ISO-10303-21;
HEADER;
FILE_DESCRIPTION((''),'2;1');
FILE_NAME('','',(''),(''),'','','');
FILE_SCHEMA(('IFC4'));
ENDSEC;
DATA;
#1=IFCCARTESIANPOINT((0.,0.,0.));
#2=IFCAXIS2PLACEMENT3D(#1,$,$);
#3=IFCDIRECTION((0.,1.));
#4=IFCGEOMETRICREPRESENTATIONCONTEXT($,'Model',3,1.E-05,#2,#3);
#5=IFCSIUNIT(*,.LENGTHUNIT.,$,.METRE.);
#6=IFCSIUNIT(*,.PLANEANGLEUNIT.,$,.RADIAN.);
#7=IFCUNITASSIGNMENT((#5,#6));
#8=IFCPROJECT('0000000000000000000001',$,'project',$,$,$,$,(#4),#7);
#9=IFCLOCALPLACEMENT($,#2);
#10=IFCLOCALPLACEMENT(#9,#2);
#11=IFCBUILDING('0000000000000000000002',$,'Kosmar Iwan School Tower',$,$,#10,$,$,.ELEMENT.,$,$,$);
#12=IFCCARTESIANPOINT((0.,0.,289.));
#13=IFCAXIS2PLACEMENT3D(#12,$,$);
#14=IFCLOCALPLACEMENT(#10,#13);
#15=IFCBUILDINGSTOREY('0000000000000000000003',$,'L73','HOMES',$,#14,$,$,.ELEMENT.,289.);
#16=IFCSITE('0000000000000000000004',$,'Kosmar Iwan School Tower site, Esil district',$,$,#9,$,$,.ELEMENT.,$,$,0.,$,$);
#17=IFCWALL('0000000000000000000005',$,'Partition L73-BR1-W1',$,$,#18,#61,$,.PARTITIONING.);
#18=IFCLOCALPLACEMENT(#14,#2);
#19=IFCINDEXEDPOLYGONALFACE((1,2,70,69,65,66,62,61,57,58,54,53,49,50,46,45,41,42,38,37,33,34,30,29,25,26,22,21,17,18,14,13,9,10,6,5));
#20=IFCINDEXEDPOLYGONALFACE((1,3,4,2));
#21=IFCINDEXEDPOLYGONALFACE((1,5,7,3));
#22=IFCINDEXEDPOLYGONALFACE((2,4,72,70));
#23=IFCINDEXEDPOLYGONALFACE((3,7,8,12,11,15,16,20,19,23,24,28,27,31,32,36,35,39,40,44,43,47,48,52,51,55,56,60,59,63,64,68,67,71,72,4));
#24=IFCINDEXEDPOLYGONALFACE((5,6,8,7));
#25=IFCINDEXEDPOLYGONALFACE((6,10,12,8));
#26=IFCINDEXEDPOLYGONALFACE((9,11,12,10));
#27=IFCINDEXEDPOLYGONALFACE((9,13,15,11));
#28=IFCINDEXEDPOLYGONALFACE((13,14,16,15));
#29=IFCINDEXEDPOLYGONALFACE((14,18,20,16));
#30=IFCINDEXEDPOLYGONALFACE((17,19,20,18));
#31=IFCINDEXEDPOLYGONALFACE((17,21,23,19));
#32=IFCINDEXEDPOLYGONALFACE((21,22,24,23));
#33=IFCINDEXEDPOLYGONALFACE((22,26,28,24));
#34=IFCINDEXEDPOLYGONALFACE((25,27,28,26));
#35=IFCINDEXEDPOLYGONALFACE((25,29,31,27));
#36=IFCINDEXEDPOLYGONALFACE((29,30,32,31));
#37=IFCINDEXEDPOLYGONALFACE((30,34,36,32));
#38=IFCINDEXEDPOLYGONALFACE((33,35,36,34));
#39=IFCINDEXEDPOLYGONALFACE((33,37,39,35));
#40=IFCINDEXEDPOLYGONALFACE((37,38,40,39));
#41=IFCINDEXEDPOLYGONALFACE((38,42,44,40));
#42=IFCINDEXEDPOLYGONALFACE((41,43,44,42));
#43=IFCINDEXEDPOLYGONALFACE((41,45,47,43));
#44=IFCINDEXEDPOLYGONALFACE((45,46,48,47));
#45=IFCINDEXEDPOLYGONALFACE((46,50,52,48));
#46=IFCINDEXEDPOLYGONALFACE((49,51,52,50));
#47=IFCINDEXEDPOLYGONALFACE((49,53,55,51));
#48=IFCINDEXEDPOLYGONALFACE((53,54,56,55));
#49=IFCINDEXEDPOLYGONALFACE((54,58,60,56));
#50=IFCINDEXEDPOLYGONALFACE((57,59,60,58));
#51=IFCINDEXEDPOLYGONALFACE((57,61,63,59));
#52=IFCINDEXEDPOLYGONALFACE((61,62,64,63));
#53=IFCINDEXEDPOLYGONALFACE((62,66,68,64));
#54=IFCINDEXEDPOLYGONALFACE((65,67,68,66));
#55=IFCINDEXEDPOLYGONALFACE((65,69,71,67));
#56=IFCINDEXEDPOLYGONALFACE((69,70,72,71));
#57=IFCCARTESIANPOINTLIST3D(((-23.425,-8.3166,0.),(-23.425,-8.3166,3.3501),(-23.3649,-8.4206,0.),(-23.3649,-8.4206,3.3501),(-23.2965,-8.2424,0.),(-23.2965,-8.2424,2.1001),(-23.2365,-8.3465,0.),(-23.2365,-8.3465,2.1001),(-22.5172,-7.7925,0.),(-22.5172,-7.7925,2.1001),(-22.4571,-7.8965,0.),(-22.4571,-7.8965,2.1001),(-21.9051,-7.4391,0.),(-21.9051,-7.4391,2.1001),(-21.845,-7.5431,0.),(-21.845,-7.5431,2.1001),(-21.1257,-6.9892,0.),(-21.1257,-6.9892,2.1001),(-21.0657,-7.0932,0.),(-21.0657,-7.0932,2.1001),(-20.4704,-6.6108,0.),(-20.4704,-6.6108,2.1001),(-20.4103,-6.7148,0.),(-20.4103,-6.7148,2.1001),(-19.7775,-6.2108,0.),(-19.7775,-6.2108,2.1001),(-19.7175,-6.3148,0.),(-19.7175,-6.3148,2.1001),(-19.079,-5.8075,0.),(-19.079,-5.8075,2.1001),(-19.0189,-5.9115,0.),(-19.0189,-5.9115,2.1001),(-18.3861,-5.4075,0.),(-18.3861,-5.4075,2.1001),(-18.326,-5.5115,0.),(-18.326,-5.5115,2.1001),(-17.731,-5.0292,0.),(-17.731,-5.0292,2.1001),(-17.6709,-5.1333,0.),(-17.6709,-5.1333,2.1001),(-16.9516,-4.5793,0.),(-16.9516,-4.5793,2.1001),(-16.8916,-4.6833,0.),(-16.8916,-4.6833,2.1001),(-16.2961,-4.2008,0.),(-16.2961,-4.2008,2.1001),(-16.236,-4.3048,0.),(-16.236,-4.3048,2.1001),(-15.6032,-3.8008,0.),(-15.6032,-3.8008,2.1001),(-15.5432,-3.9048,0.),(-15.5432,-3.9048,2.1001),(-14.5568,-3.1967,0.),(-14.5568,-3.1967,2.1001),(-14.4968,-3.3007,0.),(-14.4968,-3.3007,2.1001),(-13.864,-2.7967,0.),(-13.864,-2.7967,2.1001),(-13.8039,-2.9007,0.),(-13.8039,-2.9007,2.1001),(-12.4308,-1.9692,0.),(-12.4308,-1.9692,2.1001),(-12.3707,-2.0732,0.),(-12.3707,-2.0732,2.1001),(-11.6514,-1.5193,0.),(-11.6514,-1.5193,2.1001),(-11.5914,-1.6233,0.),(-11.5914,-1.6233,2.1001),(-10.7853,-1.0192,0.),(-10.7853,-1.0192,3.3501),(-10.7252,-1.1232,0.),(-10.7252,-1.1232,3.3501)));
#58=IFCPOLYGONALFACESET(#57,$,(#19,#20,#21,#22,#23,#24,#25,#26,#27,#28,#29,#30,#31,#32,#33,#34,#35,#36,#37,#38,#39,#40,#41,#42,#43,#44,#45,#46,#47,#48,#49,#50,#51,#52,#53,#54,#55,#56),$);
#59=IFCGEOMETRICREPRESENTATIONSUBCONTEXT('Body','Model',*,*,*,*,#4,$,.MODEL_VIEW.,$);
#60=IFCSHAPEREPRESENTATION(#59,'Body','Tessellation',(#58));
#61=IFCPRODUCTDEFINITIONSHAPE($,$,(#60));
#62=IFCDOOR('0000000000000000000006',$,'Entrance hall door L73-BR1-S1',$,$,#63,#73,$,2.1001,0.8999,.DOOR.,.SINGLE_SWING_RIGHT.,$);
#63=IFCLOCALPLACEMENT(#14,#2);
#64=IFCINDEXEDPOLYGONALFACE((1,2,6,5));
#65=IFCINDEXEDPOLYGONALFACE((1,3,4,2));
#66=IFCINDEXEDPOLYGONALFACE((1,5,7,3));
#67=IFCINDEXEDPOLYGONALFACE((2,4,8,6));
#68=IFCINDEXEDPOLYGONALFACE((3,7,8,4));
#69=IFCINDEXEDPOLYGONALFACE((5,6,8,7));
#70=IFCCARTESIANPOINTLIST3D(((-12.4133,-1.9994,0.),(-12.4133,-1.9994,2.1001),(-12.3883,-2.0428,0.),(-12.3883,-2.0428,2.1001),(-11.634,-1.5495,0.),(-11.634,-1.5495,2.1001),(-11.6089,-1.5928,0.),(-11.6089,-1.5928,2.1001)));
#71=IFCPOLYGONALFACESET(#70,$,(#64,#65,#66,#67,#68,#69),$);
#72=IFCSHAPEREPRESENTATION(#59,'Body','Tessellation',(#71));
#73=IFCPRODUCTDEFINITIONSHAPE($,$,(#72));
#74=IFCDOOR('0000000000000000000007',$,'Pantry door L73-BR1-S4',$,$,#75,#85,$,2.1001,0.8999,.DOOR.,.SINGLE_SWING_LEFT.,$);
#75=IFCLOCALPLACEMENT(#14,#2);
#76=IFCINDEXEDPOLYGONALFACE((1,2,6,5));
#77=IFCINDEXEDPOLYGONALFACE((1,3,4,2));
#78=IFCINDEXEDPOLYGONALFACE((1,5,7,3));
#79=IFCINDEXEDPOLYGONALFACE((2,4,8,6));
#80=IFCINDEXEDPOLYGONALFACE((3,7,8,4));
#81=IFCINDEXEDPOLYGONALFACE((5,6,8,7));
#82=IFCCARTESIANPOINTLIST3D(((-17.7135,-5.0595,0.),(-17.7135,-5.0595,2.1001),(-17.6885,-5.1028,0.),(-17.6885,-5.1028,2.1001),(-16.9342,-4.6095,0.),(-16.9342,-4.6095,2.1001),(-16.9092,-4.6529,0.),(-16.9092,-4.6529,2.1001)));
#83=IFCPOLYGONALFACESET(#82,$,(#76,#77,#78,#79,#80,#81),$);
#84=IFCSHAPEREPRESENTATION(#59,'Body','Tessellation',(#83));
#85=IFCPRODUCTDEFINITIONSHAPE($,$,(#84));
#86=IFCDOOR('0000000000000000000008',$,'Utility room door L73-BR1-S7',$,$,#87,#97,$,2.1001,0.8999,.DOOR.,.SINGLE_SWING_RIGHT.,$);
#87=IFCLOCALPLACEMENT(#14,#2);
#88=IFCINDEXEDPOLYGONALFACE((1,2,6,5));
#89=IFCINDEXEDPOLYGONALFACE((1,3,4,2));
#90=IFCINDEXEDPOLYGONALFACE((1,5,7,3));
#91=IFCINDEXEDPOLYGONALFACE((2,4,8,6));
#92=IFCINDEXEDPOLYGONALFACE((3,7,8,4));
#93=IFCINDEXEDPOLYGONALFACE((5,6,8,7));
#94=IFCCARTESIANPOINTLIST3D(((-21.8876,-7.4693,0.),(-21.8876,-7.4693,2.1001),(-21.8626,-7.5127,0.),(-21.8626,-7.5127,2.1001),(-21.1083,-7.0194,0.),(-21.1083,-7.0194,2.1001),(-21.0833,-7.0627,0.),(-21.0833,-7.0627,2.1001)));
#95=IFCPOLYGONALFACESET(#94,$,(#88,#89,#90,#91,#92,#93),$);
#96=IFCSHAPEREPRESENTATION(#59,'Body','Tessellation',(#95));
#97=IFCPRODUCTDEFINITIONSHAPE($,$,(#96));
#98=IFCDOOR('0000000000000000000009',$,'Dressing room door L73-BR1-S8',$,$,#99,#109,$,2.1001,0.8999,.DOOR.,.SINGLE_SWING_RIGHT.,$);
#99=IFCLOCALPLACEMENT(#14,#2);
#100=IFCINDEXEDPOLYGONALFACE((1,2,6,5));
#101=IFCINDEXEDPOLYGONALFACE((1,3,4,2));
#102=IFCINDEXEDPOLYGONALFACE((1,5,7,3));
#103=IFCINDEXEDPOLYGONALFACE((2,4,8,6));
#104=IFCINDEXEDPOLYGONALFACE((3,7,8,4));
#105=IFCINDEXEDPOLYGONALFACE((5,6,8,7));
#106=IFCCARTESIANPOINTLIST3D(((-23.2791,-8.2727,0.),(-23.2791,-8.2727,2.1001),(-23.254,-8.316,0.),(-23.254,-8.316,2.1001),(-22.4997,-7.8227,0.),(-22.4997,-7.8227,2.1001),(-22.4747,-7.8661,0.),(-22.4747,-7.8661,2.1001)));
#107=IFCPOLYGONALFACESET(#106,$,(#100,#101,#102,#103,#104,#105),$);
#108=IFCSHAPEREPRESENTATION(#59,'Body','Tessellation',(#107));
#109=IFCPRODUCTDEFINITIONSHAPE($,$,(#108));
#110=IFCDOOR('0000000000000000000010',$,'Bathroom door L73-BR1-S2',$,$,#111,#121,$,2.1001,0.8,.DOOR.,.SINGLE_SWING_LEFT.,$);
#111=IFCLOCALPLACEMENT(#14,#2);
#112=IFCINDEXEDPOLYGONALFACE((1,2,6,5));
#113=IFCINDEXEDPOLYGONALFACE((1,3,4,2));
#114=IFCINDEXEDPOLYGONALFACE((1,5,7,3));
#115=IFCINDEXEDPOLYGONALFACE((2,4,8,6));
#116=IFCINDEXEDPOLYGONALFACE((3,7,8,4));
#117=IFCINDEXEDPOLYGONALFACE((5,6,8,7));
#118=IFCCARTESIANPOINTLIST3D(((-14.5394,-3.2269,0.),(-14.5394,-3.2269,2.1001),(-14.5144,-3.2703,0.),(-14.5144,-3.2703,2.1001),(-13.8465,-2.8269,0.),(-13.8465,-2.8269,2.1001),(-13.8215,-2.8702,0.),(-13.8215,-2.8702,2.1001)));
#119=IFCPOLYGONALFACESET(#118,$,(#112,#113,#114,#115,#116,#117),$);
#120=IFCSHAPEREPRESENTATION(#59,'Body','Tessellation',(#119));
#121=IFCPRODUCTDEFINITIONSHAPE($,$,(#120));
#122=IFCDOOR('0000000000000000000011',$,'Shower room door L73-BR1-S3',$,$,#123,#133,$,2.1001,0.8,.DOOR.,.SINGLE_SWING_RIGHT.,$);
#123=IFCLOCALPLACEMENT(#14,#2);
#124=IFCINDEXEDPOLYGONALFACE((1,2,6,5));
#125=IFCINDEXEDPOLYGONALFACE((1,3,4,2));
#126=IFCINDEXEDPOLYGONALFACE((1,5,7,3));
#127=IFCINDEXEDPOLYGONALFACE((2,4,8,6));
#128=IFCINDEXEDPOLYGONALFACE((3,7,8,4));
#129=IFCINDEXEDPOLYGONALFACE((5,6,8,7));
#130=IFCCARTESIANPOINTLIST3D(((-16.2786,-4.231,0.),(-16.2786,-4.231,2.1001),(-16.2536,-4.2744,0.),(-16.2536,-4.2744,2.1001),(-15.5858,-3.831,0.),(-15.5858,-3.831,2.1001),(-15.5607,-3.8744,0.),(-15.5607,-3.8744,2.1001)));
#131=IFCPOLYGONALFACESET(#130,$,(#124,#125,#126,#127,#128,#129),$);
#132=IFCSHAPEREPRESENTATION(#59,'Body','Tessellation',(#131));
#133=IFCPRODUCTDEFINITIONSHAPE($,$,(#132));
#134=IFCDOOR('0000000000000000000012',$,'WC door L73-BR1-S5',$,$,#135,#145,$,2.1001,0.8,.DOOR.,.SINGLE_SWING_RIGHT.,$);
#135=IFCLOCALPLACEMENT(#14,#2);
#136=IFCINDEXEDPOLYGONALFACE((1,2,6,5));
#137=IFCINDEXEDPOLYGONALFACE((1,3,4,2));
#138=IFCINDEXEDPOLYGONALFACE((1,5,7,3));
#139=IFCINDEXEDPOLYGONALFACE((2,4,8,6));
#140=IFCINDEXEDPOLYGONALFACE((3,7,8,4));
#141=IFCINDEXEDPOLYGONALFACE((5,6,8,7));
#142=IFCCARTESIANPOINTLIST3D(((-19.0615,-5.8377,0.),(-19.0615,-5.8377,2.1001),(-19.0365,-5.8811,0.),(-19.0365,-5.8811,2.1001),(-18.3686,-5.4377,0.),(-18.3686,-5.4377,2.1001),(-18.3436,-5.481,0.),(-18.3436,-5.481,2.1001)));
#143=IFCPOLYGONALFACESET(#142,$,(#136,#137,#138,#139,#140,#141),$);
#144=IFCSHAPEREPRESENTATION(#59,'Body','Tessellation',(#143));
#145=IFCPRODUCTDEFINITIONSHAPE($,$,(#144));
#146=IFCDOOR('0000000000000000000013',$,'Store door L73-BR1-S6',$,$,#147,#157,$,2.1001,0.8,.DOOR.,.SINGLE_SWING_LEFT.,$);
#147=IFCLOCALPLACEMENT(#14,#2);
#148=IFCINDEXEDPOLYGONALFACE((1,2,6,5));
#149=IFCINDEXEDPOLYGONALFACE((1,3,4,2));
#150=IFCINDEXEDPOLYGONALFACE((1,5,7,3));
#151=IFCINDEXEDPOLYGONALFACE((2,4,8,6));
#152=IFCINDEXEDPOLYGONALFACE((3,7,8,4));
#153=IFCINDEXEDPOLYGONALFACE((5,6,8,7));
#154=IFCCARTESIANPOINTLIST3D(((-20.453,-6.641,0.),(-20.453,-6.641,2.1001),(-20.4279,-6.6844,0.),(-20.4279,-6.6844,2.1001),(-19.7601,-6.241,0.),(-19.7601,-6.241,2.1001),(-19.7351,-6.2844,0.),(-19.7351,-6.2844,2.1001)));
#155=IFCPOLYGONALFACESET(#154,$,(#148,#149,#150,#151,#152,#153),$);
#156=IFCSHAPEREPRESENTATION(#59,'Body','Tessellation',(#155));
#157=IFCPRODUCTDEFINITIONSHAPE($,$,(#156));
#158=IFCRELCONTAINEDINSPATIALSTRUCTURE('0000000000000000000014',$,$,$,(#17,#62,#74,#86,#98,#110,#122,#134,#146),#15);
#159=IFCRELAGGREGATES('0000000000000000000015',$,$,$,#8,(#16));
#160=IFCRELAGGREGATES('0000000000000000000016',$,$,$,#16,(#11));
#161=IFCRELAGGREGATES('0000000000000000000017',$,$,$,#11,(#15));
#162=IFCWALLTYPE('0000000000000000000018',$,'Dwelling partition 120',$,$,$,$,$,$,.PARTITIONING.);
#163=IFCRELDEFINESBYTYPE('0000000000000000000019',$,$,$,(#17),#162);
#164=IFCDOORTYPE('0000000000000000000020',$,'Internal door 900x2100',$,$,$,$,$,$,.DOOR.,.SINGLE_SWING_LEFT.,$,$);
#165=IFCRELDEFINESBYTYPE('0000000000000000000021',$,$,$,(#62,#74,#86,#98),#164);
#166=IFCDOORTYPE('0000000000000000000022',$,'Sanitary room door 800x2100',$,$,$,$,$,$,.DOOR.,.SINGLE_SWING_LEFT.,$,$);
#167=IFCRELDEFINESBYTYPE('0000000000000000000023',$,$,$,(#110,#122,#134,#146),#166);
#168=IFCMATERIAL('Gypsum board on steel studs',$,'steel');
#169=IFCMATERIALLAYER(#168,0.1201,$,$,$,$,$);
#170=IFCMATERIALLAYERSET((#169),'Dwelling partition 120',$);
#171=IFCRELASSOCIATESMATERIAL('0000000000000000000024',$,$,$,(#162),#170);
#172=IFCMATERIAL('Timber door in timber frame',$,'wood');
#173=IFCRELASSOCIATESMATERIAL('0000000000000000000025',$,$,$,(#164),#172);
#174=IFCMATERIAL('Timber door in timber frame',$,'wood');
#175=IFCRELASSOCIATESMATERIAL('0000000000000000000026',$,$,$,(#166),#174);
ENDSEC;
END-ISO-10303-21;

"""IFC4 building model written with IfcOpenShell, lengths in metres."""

from ifc_helpers import new_model, si_unit, direction, frame, frame_2d, origin, place, context, subcontext, project, spatial, rectangle, extrude, material, layer, layer_set, type_object, element, fill, save


model = new_model("IFC4")

# Units and contexts
model_context = context("Model", 3, precision=1e-05, world=origin(), true_north=direction((0.0, 1.0)))
body_context = subcontext(model_context, "Body", "Model", "MODEL_VIEW")
ifc_project = project(units=[si_unit("LENGTHUNIT", "METRE"), si_unit("PLANEANGLEUNIT", "RADIAN")], contexts=[model_context])

# Site, building, storey
site_placement = place(None, origin())
site = spatial("IfcSite", under=ifc_project, at=site_placement, Name="Kosmar Iwan School Tower site, Esil district", CompositionType="ELEMENT", RefElevation=0.0)
building_placement = place(site_placement, origin())
building = spatial("IfcBuilding", under=site, at=building_placement, Name="Kosmar Iwan School Tower", CompositionType="ELEMENT")
storey_placement = place(building_placement, frame((0.0, 0.0, 289.0)))
storey = spatial("IfcBuildingStorey", under=building, at=storey_placement, Name="L73", Description="HOMES", CompositionType="ELEMENT", Elevation=289.0)

# Wall, openings, doors
ifc_material_1 = material(Name="Gypsum board on steel studs", Category="steel")
ifc_layer_1 = layer(ifc_material_1, 0.1201)
ifc_layer_set_1 = layer_set([ifc_layer_1], Name="Dwelling partition 120")
wall_type_1 = type_object("IfcWallType", Name="Dwelling partition 120", PredefinedType="PARTITIONING", material=ifc_layer_set_1)
wall_1_placement = place(storey_placement, frame((-10.7554, -1.0713, 0.0), z_axis=(0.0, 0.0, 1.0), x_axis=(-0.86603, -0.499993, 0.0)))
wall_1 = element("IfcWall", 1, at=wall_1_placement, inside=storey, type_object=wall_type_1, Name="Partition L73-BR1-W1", PredefinedType="PARTITIONING", context=body_context, shape_type="SweptSolid", body=[
    extrude(rectangle(XDim=14.595, YDim=0.1201, at=frame_2d((7.2974, 0.0))), origin(), (0.0, 0.0, 1.0), 3.3501),
])
opening_1_placement = place(wall_1_placement, frame((1.0, 0.0, 0.0)))
opening_1 = element("IfcOpeningElement", 2, at=opening_1_placement, cuts=wall_1, PredefinedType="OPENING", context=body_context, shape_type="SweptSolid", body=[
    extrude(rectangle(XDim=0.8999, YDim=2.1001, at=frame_2d((0.45, 1.05))), frame((0.0, 0.072, 0.0), z_axis=(0.0, -1.0, 0.0), x_axis=(1.0, 0.0, 0.0)), (0.0, 0.0, 1.0), 0.144),
])
opening_2_placement = place(wall_1_placement, frame((3.5549, 0.0, 0.0)))
opening_2 = element("IfcOpeningElement", 3, at=opening_2_placement, cuts=wall_1, PredefinedType="OPENING", context=body_context, shape_type="SweptSolid", body=[
    extrude(rectangle(XDim=0.8, YDim=2.1001, at=frame_2d((0.3999, 1.05))), frame((0.0, 0.072, 0.0), z_axis=(0.0, -1.0, 0.0), x_axis=(1.0, 0.0, 0.0)), (0.0, 0.0, 1.0), 0.144),
])
opening_3_placement = place(wall_1_placement, frame((5.5632, 0.0, 0.0)))
opening_3 = element("IfcOpeningElement", 4, at=opening_3_placement, cuts=wall_1, PredefinedType="OPENING", context=body_context, shape_type="SweptSolid", body=[
    extrude(rectangle(XDim=0.8, YDim=2.1001, at=frame_2d((0.3999, 1.05))), frame((0.0, 0.072, 0.0), z_axis=(0.0, -1.0, 0.0), x_axis=(1.0, 0.0, 0.0)), (0.0, 0.0, 1.0), 0.144),
])
opening_4_placement = place(wall_1_placement, frame((7.1201, 0.0, 0.0)))
opening_4 = element("IfcOpeningElement", 5, at=opening_4_placement, cuts=wall_1, PredefinedType="OPENING", context=body_context, shape_type="SweptSolid", body=[
    extrude(rectangle(XDim=0.8999, YDim=2.1001, at=frame_2d((0.45, 1.05))), frame((0.0, 0.072, 0.0), z_axis=(0.0, -1.0, 0.0), x_axis=(1.0, 0.0, 0.0)), (0.0, 0.0, 1.0), 0.144),
])
opening_5_placement = place(wall_1_placement, frame((8.7766, 0.0, 0.0)))
opening_5 = element("IfcOpeningElement", 6, at=opening_5_placement, cuts=wall_1, PredefinedType="OPENING", context=body_context, shape_type="SweptSolid", body=[
    extrude(rectangle(XDim=0.8, YDim=2.1001, at=frame_2d((0.3999, 1.05))), frame((0.0, 0.072, 0.0), z_axis=(0.0, -1.0, 0.0), x_axis=(1.0, 0.0, 0.0)), (0.0, 0.0, 1.0), 0.144),
])
opening_6_placement = place(wall_1_placement, frame((10.3833, 0.0, 0.0)))
opening_6 = element("IfcOpeningElement", 7, at=opening_6_placement, cuts=wall_1, PredefinedType="OPENING", context=body_context, shape_type="SweptSolid", body=[
    extrude(rectangle(XDim=0.8, YDim=2.1001, at=frame_2d((0.3999, 1.05))), frame((0.0, 0.072, 0.0), z_axis=(0.0, -1.0, 0.0), x_axis=(1.0, 0.0, 0.0)), (0.0, 0.0, 1.0), 0.144),
])
opening_7_placement = place(wall_1_placement, frame((11.9399, 0.0, 0.0)))
opening_7 = element("IfcOpeningElement", 8, at=opening_7_placement, cuts=wall_1, PredefinedType="OPENING", context=body_context, shape_type="SweptSolid", body=[
    extrude(rectangle(XDim=0.8999, YDim=2.1001, at=frame_2d((0.45, 1.05))), frame((0.0, 0.072, 0.0), z_axis=(0.0, -1.0, 0.0), x_axis=(1.0, 0.0, 0.0)), (0.0, 0.0, 1.0), 0.144),
])
opening_8_placement = place(wall_1_placement, frame((13.5466, 0.0, 0.0)))
opening_8 = element("IfcOpeningElement", 9, at=opening_8_placement, cuts=wall_1, PredefinedType="OPENING", context=body_context, shape_type="SweptSolid", body=[
    extrude(rectangle(XDim=0.8999, YDim=2.1001, at=frame_2d((0.45, 1.05))), frame((0.0, 0.072, 0.0), z_axis=(0.0, -1.0, 0.0), x_axis=(1.0, 0.0, 0.0)), (0.0, 0.0, 1.0), 0.144),
])
ifc_material_2 = material(Name="Timber door in timber frame", Category="wood")
door_type_1 = type_object("IfcDoorType", Name="Internal door 900x2100", OperationType="SINGLE_SWING_LEFT", PredefinedType="DOOR", material=ifc_material_2)
door_1_placement = place(opening_1_placement, origin())
door_1 = element("IfcDoor", 10, at=door_1_placement, inside=storey, type_object=door_type_1, Name="Entrance hall door L73-BR1-S1", OperationType="SINGLE_SWING_RIGHT", OverallHeight=2.1001, OverallWidth=0.8999, PredefinedType="DOOR", context=body_context, shape_type="SweptSolid", body=[
    extrude(rectangle(XDim=0.8999, YDim=2.1001, at=frame_2d((0.45, 1.05))), frame((0.0, 0.0249, 0.0), z_axis=(0.0, -1.0, 0.0), x_axis=(1.0, 0.0, 0.0)), (0.0, 0.0, 1.0), 0.05),
])
fill(opening_1, door_1)
door_2_placement = place(opening_4_placement, origin())
door_2 = element("IfcDoor", 11, at=door_2_placement, inside=storey, type_object=door_type_1, Name="Pantry door L73-BR1-S4", OperationType="SINGLE_SWING_LEFT", OverallHeight=2.1001, OverallWidth=0.8999, PredefinedType="DOOR", context=body_context, shape_type="SweptSolid", body=[
    extrude(rectangle(XDim=0.8999, YDim=2.1001, at=frame_2d((0.45, 1.05))), frame((0.0, 0.0249, 0.0), z_axis=(0.0, -1.0, 0.0), x_axis=(1.0, 0.0, 0.0)), (0.0, 0.0, 1.0), 0.05),
])
fill(opening_4, door_2)
door_3_placement = place(opening_7_placement, origin())
door_3 = element("IfcDoor", 12, at=door_3_placement, inside=storey, type_object=door_type_1, Name="Utility room door L73-BR1-S7", OperationType="SINGLE_SWING_RIGHT", OverallHeight=2.1001, OverallWidth=0.8999, PredefinedType="DOOR", context=body_context, shape_type="SweptSolid", body=[
    extrude(rectangle(XDim=0.8999, YDim=2.1001, at=frame_2d((0.45, 1.05))), frame((0.0, 0.0249, 0.0), z_axis=(0.0, -1.0, 0.0), x_axis=(1.0, 0.0, 0.0)), (0.0, 0.0, 1.0), 0.05),
])
fill(opening_7, door_3)
door_4_placement = place(opening_8_placement, origin())
door_4 = element("IfcDoor", 13, at=door_4_placement, inside=storey, type_object=door_type_1, Name="Dressing room door L73-BR1-S8", OperationType="SINGLE_SWING_RIGHT", OverallHeight=2.1001, OverallWidth=0.8999, PredefinedType="DOOR", context=body_context, shape_type="SweptSolid", body=[
    extrude(rectangle(XDim=0.8999, YDim=2.1001, at=frame_2d((0.45, 1.05))), frame((0.0, 0.0249, 0.0), z_axis=(0.0, -1.0, 0.0), x_axis=(1.0, 0.0, 0.0)), (0.0, 0.0, 1.0), 0.05),
])
fill(opening_8, door_4)
ifc_material_3 = material(Name="Timber door in timber frame", Category="wood")
door_type_2 = type_object("IfcDoorType", Name="Sanitary room door 800x2100", OperationType="SINGLE_SWING_LEFT", PredefinedType="DOOR", material=ifc_material_3)
door_5_placement = place(opening_2_placement, origin())
door_5 = element("IfcDoor", 14, at=door_5_placement, inside=storey, type_object=door_type_2, Name="Bathroom door L73-BR1-S2", OperationType="SINGLE_SWING_LEFT", OverallHeight=2.1001, OverallWidth=0.8, PredefinedType="DOOR", context=body_context, shape_type="SweptSolid", body=[
    extrude(rectangle(XDim=0.8, YDim=2.1001, at=frame_2d((0.3999, 1.05))), frame((0.0, 0.0249, 0.0), z_axis=(0.0, -1.0, 0.0), x_axis=(1.0, 0.0, 0.0)), (0.0, 0.0, 1.0), 0.05),
])
fill(opening_2, door_5)
door_6_placement = place(opening_3_placement, origin())
door_6 = element("IfcDoor", 15, at=door_6_placement, inside=storey, type_object=door_type_2, Name="Shower room door L73-BR1-S3", OperationType="SINGLE_SWING_RIGHT", OverallHeight=2.1001, OverallWidth=0.8, PredefinedType="DOOR", context=body_context, shape_type="SweptSolid", body=[
    extrude(rectangle(XDim=0.8, YDim=2.1001, at=frame_2d((0.3999, 1.05))), frame((0.0, 0.0249, 0.0), z_axis=(0.0, -1.0, 0.0), x_axis=(1.0, 0.0, 0.0)), (0.0, 0.0, 1.0), 0.05),
])
fill(opening_3, door_6)
door_7_placement = place(opening_5_placement, origin())
door_7 = element("IfcDoor", 16, at=door_7_placement, inside=storey, type_object=door_type_2, Name="WC door L73-BR1-S5", OperationType="SINGLE_SWING_RIGHT", OverallHeight=2.1001, OverallWidth=0.8, PredefinedType="DOOR", context=body_context, shape_type="SweptSolid", body=[
    extrude(rectangle(XDim=0.8, YDim=2.1001, at=frame_2d((0.3999, 1.05))), frame((0.0, 0.0249, 0.0), z_axis=(0.0, -1.0, 0.0), x_axis=(1.0, 0.0, 0.0)), (0.0, 0.0, 1.0), 0.05),
])
fill(opening_5, door_7)
door_8_placement = place(opening_6_placement, origin())
door_8 = element("IfcDoor", 17, at=door_8_placement, inside=storey, type_object=door_type_2, Name="Store door L73-BR1-S6", OperationType="SINGLE_SWING_LEFT", OverallHeight=2.1001, OverallWidth=0.8, PredefinedType="DOOR", context=body_context, shape_type="SweptSolid", body=[
    extrude(rectangle(XDim=0.8, YDim=2.1001, at=frame_2d((0.3999, 1.05))), frame((0.0, 0.0249, 0.0), z_axis=(0.0, -1.0, 0.0), x_axis=(1.0, 0.0, 0.0)), (0.0, 0.0, 1.0), 0.05),
])
fill(opening_6, door_8)

save(model, "model.ifc")
